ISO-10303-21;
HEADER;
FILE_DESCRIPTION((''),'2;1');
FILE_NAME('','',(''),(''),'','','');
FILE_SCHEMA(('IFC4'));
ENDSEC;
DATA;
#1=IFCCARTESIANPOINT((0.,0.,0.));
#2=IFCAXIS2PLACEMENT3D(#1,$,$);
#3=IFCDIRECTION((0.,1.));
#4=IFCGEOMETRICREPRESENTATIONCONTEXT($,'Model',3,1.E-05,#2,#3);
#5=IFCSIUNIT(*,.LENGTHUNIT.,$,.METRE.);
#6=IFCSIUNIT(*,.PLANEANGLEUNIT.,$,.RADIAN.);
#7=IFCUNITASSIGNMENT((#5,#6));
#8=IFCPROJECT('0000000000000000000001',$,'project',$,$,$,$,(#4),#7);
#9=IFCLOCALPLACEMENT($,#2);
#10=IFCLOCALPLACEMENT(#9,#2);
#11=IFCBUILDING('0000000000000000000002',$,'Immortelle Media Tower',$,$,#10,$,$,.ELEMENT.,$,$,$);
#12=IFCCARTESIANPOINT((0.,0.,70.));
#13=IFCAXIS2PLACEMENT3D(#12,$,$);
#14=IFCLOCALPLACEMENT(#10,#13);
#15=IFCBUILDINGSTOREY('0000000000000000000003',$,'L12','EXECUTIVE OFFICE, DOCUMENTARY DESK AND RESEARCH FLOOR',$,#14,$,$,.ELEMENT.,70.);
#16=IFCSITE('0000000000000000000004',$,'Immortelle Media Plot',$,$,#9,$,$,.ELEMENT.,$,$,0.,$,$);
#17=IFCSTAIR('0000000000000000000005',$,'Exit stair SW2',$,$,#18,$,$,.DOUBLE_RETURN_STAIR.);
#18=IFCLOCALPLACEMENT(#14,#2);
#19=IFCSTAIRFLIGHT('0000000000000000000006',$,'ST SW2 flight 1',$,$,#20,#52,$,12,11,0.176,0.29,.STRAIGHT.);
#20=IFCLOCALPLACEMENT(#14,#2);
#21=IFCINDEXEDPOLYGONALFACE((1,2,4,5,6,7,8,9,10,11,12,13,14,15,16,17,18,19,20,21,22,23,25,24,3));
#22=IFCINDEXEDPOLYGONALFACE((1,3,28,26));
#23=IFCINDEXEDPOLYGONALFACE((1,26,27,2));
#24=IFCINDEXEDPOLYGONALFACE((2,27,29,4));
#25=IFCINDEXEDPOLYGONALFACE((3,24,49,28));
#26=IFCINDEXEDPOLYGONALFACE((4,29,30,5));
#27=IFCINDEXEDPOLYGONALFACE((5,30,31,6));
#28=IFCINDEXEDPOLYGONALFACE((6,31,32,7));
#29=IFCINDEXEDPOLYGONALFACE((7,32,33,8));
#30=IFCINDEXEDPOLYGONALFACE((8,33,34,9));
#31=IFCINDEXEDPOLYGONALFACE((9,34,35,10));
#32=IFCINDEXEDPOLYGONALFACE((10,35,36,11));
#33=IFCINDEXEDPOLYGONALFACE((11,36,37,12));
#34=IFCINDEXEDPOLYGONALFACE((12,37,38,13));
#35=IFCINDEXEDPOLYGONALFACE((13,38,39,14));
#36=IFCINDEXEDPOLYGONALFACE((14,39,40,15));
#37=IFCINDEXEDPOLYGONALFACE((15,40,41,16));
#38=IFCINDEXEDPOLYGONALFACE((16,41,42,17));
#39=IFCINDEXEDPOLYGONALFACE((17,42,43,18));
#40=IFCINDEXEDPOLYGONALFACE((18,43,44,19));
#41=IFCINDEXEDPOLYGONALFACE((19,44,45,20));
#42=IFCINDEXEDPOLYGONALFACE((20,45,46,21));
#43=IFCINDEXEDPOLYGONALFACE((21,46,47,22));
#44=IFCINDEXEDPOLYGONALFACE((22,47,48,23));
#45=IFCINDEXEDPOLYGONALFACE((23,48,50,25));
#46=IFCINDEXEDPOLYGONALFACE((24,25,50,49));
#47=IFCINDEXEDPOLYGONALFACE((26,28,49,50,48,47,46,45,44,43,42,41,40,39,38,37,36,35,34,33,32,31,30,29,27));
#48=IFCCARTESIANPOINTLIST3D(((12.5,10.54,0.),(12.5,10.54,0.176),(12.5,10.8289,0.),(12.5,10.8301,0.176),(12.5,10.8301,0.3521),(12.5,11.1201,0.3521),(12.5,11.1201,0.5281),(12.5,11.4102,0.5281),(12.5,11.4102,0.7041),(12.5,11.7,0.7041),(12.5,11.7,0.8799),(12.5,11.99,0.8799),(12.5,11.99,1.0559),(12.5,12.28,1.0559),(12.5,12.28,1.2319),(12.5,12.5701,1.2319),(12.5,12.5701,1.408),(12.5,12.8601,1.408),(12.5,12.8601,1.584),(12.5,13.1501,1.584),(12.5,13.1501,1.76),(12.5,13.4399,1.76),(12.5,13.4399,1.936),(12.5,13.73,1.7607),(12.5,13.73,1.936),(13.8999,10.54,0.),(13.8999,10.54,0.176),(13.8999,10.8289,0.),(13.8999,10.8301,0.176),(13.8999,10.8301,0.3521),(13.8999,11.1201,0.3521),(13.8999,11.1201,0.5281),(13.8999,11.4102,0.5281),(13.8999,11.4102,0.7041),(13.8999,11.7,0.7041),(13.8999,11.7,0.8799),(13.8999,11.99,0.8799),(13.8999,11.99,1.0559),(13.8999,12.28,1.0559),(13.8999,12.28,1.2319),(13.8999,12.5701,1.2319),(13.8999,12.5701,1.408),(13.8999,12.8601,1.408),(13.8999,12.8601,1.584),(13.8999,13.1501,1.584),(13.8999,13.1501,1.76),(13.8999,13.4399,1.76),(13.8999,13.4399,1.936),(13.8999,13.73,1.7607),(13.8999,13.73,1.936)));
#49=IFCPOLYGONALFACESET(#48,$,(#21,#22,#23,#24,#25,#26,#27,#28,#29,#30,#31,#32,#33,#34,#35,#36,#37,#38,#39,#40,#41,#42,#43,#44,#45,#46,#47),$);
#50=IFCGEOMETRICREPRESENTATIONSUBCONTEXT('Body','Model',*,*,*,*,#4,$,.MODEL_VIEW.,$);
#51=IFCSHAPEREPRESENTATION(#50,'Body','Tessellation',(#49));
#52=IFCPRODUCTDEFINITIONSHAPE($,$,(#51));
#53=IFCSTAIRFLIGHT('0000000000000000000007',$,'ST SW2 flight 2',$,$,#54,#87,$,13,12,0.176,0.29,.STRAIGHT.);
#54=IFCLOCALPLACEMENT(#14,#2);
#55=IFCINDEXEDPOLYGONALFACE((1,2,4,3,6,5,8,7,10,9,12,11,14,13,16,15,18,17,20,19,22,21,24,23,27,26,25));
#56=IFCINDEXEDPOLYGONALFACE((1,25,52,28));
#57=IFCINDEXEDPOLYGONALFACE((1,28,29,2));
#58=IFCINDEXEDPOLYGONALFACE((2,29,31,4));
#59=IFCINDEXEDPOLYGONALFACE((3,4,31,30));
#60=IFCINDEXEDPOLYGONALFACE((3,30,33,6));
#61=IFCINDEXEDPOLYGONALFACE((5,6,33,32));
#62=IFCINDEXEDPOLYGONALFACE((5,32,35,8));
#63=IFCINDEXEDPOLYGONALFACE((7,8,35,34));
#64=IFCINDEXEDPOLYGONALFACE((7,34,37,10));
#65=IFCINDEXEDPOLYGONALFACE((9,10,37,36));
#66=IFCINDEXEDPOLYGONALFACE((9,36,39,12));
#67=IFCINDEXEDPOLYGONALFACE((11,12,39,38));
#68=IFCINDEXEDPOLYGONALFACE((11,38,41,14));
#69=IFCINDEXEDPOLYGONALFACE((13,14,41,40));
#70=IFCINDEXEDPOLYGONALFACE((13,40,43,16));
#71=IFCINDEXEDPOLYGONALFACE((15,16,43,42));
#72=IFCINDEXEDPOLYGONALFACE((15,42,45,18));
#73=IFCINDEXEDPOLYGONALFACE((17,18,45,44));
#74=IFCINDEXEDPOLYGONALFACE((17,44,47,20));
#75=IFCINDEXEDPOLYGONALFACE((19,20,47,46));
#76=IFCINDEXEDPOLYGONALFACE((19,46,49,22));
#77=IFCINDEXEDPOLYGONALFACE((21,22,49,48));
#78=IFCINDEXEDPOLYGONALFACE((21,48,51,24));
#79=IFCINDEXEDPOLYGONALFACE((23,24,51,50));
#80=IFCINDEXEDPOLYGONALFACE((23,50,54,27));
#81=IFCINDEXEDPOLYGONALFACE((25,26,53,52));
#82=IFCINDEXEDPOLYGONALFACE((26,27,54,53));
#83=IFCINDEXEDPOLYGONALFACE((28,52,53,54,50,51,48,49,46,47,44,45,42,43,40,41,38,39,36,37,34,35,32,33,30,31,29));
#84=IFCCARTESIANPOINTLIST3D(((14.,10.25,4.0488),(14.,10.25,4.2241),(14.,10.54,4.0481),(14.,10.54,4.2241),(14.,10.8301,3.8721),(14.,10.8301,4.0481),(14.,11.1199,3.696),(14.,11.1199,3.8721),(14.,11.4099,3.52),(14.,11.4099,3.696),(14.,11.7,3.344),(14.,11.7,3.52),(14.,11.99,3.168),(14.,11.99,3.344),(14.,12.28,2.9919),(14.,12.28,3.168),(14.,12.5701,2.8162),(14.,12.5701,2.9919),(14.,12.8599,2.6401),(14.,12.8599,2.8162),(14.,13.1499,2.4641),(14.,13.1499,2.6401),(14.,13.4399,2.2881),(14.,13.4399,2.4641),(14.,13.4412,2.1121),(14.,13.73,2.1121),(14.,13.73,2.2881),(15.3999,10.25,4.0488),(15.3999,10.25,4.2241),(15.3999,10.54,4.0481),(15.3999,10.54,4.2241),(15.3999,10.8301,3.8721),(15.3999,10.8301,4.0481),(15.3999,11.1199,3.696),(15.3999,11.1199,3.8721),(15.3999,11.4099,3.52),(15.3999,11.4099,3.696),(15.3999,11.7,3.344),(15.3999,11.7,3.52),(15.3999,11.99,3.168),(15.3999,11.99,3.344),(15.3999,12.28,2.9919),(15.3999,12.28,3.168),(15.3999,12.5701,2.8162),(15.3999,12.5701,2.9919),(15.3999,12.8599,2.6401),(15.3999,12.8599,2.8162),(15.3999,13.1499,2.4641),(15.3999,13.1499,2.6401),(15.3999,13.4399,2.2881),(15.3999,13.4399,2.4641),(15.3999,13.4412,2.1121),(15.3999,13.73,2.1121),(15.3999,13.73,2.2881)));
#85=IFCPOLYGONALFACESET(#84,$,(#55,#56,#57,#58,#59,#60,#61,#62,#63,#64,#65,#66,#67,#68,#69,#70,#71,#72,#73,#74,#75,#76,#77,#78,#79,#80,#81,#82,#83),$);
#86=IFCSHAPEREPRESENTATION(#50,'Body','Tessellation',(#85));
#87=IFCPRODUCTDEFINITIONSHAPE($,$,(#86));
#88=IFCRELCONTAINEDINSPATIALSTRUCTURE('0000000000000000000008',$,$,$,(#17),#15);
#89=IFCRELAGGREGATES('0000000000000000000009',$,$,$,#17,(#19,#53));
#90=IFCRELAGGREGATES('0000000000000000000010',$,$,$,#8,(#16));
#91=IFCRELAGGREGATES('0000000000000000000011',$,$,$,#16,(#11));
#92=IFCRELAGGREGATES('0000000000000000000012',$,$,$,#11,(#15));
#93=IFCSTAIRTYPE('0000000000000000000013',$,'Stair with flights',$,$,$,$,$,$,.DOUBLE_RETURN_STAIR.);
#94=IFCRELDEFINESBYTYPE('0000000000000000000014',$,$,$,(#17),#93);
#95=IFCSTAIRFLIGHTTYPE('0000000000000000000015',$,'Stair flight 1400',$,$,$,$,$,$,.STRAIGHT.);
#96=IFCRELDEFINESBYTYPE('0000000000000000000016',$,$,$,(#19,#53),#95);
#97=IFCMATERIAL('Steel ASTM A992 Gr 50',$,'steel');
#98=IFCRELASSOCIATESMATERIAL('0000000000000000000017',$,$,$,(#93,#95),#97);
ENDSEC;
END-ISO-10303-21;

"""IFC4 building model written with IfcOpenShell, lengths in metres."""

from ifc_helpers import new_model, si_unit, direction, frame, origin, place, context, subcontext, project, spatial, polyline, outline, extrude, material, type_object, element, aggregate, save


model = new_model("IFC4")

# Units and contexts
model_context = context("Model", 3, precision=1e-05, world=origin(), true_north=direction((0.0, 1.0)))
body_context = subcontext(model_context, "Body", "Model", "MODEL_VIEW")
ifc_project = project(units=[si_unit("LENGTHUNIT", "METRE"), si_unit("PLANEANGLEUNIT", "RADIAN")], contexts=[model_context])

# Site, building, storey
site_placement = place(None, origin())
site = spatial("IfcSite", under=ifc_project, at=site_placement, Name="Immortelle Media Plot", CompositionType="ELEMENT", RefElevation=0.0)
building_placement = place(site_placement, origin())
building = spatial("IfcBuilding", under=site, at=building_placement, Name="Immortelle Media Tower", CompositionType="ELEMENT")
storey_placement = place(building_placement, frame((0.0, 0.0, 70.0)))
storey = spatial("IfcBuildingStorey", under=building, at=storey_placement, Name="L12", Description="EXECUTIVE OFFICE, DOCUMENTARY DESK AND RESEARCH FLOOR", CompositionType="ELEMENT", Elevation=70.0)

# Shared definitions
ifc_material_1 = material(Name="Steel ASTM A992 Gr 50", Category="steel")

# Stair, stair flights
stair_type = type_object("IfcStairType", Name="Stair with flights", PredefinedType="DOUBLE_RETURN_STAIR", material=ifc_material_1)
stair_flight_type = type_object("IfcStairFlightType", Name="Stair flight 1400", PredefinedType="STRAIGHT", material=ifc_material_1)
stair_1_placement = place(storey_placement, origin())
stair_1 = element("IfcStair", 1, at=stair_1_placement, inside=storey, type_object=stair_type, Name="Exit stair SW2", PredefinedType="DOUBLE_RETURN_STAIR")
stair_flight_1_placement = place(storey_placement, frame((13.2, 10.54, 0.0), z_axis=(0.0, 0.0, 1.0), x_axis=(0.0, 1.0, 0.0)))
stair_flight_1 = element("IfcStairFlight", 2, at=stair_flight_1_placement, type_object=stair_flight_type, Name="ST SW2 flight 1", NumberOfRisers=12, NumberOfTreads=11, PredefinedType="STRAIGHT", RiserHeight=0.176, TreadLength=0.29, context=body_context, shape_type="SweptSolid", body=[
    extrude(outline(polyline([(0.0, 0.0), (0.0, 0.176), (0.29, 0.176), (0.29, 0.3521), (0.5801, 0.3521), (0.5801, 0.5281), (0.8701, 0.5281), (0.8701, 0.7041), (1.1599, 0.7041), (1.1599, 0.8799), (1.45, 0.8799), (1.45, 1.0559), (1.74, 1.0559), (1.74, 1.2319), (2.03, 1.2319), (2.03, 1.408), (2.3201, 1.408), (2.3201, 1.584), (2.6101, 1.584), (2.6101, 1.76), (2.8999, 1.76), (2.8999, 1.936), (3.1899, 1.936), (3.1899, 2.1121), (3.1899, 1.7607), (0.2888, 0.0), (0.0, 0.0)])), frame((0.0, 0.7, 0.0), z_axis=(0.0, -1.0, 0.0), x_axis=(1.0, 0.0, 0.0)), (0.0, 0.0, 1.0), 1.3999),
])
stair_flight_2_placement = place(storey_placement, frame((14.7, 13.73, 2.1121), z_axis=(0.0, 0.0, 1.0), x_axis=(0.0, -1.0, 0.0)))
stair_flight_2 = element("IfcStairFlight", 3, at=stair_flight_2_placement, type_object=stair_flight_type, Name="ST SW2 flight 2", NumberOfRisers=13, NumberOfTreads=12, PredefinedType="STRAIGHT", RiserHeight=0.176, TreadLength=0.29, context=body_context, shape_type="SweptSolid", body=[
    extrude(outline(polyline([(0.0, 0.0), (0.0, 0.176), (0.29, 0.176), (0.29, 0.3521), (0.5801, 0.3521), (0.5801, 0.5281), (0.8701, 0.5281), (0.8701, 0.7041), (1.1599, 0.7041), (1.1599, 0.8799), (1.45, 0.8799), (1.45, 1.0559), (1.74, 1.0559), (1.74, 1.2319), (2.03, 1.2319), (2.03, 1.408), (2.3201, 1.408), (2.3201, 1.584), (2.6101, 1.584), (2.6101, 1.76), (2.8999, 1.76), (2.8999, 1.936), (3.1899, 1.936), (3.1899, 2.1121), (3.48, 2.1121), (3.48, 2.2881), (3.48, 1.9368), (0.2888, 0.0), (0.0, 0.0)])), frame((0.0, 0.7, 0.0), z_axis=(0.0, -1.0, 0.0), x_axis=(1.0, 0.0, 0.0)), (0.0, 0.0, 1.0), 1.3999),
])
aggregate(stair_1, [stair_flight_1, stair_flight_2])

save(model, "model.ifc")
